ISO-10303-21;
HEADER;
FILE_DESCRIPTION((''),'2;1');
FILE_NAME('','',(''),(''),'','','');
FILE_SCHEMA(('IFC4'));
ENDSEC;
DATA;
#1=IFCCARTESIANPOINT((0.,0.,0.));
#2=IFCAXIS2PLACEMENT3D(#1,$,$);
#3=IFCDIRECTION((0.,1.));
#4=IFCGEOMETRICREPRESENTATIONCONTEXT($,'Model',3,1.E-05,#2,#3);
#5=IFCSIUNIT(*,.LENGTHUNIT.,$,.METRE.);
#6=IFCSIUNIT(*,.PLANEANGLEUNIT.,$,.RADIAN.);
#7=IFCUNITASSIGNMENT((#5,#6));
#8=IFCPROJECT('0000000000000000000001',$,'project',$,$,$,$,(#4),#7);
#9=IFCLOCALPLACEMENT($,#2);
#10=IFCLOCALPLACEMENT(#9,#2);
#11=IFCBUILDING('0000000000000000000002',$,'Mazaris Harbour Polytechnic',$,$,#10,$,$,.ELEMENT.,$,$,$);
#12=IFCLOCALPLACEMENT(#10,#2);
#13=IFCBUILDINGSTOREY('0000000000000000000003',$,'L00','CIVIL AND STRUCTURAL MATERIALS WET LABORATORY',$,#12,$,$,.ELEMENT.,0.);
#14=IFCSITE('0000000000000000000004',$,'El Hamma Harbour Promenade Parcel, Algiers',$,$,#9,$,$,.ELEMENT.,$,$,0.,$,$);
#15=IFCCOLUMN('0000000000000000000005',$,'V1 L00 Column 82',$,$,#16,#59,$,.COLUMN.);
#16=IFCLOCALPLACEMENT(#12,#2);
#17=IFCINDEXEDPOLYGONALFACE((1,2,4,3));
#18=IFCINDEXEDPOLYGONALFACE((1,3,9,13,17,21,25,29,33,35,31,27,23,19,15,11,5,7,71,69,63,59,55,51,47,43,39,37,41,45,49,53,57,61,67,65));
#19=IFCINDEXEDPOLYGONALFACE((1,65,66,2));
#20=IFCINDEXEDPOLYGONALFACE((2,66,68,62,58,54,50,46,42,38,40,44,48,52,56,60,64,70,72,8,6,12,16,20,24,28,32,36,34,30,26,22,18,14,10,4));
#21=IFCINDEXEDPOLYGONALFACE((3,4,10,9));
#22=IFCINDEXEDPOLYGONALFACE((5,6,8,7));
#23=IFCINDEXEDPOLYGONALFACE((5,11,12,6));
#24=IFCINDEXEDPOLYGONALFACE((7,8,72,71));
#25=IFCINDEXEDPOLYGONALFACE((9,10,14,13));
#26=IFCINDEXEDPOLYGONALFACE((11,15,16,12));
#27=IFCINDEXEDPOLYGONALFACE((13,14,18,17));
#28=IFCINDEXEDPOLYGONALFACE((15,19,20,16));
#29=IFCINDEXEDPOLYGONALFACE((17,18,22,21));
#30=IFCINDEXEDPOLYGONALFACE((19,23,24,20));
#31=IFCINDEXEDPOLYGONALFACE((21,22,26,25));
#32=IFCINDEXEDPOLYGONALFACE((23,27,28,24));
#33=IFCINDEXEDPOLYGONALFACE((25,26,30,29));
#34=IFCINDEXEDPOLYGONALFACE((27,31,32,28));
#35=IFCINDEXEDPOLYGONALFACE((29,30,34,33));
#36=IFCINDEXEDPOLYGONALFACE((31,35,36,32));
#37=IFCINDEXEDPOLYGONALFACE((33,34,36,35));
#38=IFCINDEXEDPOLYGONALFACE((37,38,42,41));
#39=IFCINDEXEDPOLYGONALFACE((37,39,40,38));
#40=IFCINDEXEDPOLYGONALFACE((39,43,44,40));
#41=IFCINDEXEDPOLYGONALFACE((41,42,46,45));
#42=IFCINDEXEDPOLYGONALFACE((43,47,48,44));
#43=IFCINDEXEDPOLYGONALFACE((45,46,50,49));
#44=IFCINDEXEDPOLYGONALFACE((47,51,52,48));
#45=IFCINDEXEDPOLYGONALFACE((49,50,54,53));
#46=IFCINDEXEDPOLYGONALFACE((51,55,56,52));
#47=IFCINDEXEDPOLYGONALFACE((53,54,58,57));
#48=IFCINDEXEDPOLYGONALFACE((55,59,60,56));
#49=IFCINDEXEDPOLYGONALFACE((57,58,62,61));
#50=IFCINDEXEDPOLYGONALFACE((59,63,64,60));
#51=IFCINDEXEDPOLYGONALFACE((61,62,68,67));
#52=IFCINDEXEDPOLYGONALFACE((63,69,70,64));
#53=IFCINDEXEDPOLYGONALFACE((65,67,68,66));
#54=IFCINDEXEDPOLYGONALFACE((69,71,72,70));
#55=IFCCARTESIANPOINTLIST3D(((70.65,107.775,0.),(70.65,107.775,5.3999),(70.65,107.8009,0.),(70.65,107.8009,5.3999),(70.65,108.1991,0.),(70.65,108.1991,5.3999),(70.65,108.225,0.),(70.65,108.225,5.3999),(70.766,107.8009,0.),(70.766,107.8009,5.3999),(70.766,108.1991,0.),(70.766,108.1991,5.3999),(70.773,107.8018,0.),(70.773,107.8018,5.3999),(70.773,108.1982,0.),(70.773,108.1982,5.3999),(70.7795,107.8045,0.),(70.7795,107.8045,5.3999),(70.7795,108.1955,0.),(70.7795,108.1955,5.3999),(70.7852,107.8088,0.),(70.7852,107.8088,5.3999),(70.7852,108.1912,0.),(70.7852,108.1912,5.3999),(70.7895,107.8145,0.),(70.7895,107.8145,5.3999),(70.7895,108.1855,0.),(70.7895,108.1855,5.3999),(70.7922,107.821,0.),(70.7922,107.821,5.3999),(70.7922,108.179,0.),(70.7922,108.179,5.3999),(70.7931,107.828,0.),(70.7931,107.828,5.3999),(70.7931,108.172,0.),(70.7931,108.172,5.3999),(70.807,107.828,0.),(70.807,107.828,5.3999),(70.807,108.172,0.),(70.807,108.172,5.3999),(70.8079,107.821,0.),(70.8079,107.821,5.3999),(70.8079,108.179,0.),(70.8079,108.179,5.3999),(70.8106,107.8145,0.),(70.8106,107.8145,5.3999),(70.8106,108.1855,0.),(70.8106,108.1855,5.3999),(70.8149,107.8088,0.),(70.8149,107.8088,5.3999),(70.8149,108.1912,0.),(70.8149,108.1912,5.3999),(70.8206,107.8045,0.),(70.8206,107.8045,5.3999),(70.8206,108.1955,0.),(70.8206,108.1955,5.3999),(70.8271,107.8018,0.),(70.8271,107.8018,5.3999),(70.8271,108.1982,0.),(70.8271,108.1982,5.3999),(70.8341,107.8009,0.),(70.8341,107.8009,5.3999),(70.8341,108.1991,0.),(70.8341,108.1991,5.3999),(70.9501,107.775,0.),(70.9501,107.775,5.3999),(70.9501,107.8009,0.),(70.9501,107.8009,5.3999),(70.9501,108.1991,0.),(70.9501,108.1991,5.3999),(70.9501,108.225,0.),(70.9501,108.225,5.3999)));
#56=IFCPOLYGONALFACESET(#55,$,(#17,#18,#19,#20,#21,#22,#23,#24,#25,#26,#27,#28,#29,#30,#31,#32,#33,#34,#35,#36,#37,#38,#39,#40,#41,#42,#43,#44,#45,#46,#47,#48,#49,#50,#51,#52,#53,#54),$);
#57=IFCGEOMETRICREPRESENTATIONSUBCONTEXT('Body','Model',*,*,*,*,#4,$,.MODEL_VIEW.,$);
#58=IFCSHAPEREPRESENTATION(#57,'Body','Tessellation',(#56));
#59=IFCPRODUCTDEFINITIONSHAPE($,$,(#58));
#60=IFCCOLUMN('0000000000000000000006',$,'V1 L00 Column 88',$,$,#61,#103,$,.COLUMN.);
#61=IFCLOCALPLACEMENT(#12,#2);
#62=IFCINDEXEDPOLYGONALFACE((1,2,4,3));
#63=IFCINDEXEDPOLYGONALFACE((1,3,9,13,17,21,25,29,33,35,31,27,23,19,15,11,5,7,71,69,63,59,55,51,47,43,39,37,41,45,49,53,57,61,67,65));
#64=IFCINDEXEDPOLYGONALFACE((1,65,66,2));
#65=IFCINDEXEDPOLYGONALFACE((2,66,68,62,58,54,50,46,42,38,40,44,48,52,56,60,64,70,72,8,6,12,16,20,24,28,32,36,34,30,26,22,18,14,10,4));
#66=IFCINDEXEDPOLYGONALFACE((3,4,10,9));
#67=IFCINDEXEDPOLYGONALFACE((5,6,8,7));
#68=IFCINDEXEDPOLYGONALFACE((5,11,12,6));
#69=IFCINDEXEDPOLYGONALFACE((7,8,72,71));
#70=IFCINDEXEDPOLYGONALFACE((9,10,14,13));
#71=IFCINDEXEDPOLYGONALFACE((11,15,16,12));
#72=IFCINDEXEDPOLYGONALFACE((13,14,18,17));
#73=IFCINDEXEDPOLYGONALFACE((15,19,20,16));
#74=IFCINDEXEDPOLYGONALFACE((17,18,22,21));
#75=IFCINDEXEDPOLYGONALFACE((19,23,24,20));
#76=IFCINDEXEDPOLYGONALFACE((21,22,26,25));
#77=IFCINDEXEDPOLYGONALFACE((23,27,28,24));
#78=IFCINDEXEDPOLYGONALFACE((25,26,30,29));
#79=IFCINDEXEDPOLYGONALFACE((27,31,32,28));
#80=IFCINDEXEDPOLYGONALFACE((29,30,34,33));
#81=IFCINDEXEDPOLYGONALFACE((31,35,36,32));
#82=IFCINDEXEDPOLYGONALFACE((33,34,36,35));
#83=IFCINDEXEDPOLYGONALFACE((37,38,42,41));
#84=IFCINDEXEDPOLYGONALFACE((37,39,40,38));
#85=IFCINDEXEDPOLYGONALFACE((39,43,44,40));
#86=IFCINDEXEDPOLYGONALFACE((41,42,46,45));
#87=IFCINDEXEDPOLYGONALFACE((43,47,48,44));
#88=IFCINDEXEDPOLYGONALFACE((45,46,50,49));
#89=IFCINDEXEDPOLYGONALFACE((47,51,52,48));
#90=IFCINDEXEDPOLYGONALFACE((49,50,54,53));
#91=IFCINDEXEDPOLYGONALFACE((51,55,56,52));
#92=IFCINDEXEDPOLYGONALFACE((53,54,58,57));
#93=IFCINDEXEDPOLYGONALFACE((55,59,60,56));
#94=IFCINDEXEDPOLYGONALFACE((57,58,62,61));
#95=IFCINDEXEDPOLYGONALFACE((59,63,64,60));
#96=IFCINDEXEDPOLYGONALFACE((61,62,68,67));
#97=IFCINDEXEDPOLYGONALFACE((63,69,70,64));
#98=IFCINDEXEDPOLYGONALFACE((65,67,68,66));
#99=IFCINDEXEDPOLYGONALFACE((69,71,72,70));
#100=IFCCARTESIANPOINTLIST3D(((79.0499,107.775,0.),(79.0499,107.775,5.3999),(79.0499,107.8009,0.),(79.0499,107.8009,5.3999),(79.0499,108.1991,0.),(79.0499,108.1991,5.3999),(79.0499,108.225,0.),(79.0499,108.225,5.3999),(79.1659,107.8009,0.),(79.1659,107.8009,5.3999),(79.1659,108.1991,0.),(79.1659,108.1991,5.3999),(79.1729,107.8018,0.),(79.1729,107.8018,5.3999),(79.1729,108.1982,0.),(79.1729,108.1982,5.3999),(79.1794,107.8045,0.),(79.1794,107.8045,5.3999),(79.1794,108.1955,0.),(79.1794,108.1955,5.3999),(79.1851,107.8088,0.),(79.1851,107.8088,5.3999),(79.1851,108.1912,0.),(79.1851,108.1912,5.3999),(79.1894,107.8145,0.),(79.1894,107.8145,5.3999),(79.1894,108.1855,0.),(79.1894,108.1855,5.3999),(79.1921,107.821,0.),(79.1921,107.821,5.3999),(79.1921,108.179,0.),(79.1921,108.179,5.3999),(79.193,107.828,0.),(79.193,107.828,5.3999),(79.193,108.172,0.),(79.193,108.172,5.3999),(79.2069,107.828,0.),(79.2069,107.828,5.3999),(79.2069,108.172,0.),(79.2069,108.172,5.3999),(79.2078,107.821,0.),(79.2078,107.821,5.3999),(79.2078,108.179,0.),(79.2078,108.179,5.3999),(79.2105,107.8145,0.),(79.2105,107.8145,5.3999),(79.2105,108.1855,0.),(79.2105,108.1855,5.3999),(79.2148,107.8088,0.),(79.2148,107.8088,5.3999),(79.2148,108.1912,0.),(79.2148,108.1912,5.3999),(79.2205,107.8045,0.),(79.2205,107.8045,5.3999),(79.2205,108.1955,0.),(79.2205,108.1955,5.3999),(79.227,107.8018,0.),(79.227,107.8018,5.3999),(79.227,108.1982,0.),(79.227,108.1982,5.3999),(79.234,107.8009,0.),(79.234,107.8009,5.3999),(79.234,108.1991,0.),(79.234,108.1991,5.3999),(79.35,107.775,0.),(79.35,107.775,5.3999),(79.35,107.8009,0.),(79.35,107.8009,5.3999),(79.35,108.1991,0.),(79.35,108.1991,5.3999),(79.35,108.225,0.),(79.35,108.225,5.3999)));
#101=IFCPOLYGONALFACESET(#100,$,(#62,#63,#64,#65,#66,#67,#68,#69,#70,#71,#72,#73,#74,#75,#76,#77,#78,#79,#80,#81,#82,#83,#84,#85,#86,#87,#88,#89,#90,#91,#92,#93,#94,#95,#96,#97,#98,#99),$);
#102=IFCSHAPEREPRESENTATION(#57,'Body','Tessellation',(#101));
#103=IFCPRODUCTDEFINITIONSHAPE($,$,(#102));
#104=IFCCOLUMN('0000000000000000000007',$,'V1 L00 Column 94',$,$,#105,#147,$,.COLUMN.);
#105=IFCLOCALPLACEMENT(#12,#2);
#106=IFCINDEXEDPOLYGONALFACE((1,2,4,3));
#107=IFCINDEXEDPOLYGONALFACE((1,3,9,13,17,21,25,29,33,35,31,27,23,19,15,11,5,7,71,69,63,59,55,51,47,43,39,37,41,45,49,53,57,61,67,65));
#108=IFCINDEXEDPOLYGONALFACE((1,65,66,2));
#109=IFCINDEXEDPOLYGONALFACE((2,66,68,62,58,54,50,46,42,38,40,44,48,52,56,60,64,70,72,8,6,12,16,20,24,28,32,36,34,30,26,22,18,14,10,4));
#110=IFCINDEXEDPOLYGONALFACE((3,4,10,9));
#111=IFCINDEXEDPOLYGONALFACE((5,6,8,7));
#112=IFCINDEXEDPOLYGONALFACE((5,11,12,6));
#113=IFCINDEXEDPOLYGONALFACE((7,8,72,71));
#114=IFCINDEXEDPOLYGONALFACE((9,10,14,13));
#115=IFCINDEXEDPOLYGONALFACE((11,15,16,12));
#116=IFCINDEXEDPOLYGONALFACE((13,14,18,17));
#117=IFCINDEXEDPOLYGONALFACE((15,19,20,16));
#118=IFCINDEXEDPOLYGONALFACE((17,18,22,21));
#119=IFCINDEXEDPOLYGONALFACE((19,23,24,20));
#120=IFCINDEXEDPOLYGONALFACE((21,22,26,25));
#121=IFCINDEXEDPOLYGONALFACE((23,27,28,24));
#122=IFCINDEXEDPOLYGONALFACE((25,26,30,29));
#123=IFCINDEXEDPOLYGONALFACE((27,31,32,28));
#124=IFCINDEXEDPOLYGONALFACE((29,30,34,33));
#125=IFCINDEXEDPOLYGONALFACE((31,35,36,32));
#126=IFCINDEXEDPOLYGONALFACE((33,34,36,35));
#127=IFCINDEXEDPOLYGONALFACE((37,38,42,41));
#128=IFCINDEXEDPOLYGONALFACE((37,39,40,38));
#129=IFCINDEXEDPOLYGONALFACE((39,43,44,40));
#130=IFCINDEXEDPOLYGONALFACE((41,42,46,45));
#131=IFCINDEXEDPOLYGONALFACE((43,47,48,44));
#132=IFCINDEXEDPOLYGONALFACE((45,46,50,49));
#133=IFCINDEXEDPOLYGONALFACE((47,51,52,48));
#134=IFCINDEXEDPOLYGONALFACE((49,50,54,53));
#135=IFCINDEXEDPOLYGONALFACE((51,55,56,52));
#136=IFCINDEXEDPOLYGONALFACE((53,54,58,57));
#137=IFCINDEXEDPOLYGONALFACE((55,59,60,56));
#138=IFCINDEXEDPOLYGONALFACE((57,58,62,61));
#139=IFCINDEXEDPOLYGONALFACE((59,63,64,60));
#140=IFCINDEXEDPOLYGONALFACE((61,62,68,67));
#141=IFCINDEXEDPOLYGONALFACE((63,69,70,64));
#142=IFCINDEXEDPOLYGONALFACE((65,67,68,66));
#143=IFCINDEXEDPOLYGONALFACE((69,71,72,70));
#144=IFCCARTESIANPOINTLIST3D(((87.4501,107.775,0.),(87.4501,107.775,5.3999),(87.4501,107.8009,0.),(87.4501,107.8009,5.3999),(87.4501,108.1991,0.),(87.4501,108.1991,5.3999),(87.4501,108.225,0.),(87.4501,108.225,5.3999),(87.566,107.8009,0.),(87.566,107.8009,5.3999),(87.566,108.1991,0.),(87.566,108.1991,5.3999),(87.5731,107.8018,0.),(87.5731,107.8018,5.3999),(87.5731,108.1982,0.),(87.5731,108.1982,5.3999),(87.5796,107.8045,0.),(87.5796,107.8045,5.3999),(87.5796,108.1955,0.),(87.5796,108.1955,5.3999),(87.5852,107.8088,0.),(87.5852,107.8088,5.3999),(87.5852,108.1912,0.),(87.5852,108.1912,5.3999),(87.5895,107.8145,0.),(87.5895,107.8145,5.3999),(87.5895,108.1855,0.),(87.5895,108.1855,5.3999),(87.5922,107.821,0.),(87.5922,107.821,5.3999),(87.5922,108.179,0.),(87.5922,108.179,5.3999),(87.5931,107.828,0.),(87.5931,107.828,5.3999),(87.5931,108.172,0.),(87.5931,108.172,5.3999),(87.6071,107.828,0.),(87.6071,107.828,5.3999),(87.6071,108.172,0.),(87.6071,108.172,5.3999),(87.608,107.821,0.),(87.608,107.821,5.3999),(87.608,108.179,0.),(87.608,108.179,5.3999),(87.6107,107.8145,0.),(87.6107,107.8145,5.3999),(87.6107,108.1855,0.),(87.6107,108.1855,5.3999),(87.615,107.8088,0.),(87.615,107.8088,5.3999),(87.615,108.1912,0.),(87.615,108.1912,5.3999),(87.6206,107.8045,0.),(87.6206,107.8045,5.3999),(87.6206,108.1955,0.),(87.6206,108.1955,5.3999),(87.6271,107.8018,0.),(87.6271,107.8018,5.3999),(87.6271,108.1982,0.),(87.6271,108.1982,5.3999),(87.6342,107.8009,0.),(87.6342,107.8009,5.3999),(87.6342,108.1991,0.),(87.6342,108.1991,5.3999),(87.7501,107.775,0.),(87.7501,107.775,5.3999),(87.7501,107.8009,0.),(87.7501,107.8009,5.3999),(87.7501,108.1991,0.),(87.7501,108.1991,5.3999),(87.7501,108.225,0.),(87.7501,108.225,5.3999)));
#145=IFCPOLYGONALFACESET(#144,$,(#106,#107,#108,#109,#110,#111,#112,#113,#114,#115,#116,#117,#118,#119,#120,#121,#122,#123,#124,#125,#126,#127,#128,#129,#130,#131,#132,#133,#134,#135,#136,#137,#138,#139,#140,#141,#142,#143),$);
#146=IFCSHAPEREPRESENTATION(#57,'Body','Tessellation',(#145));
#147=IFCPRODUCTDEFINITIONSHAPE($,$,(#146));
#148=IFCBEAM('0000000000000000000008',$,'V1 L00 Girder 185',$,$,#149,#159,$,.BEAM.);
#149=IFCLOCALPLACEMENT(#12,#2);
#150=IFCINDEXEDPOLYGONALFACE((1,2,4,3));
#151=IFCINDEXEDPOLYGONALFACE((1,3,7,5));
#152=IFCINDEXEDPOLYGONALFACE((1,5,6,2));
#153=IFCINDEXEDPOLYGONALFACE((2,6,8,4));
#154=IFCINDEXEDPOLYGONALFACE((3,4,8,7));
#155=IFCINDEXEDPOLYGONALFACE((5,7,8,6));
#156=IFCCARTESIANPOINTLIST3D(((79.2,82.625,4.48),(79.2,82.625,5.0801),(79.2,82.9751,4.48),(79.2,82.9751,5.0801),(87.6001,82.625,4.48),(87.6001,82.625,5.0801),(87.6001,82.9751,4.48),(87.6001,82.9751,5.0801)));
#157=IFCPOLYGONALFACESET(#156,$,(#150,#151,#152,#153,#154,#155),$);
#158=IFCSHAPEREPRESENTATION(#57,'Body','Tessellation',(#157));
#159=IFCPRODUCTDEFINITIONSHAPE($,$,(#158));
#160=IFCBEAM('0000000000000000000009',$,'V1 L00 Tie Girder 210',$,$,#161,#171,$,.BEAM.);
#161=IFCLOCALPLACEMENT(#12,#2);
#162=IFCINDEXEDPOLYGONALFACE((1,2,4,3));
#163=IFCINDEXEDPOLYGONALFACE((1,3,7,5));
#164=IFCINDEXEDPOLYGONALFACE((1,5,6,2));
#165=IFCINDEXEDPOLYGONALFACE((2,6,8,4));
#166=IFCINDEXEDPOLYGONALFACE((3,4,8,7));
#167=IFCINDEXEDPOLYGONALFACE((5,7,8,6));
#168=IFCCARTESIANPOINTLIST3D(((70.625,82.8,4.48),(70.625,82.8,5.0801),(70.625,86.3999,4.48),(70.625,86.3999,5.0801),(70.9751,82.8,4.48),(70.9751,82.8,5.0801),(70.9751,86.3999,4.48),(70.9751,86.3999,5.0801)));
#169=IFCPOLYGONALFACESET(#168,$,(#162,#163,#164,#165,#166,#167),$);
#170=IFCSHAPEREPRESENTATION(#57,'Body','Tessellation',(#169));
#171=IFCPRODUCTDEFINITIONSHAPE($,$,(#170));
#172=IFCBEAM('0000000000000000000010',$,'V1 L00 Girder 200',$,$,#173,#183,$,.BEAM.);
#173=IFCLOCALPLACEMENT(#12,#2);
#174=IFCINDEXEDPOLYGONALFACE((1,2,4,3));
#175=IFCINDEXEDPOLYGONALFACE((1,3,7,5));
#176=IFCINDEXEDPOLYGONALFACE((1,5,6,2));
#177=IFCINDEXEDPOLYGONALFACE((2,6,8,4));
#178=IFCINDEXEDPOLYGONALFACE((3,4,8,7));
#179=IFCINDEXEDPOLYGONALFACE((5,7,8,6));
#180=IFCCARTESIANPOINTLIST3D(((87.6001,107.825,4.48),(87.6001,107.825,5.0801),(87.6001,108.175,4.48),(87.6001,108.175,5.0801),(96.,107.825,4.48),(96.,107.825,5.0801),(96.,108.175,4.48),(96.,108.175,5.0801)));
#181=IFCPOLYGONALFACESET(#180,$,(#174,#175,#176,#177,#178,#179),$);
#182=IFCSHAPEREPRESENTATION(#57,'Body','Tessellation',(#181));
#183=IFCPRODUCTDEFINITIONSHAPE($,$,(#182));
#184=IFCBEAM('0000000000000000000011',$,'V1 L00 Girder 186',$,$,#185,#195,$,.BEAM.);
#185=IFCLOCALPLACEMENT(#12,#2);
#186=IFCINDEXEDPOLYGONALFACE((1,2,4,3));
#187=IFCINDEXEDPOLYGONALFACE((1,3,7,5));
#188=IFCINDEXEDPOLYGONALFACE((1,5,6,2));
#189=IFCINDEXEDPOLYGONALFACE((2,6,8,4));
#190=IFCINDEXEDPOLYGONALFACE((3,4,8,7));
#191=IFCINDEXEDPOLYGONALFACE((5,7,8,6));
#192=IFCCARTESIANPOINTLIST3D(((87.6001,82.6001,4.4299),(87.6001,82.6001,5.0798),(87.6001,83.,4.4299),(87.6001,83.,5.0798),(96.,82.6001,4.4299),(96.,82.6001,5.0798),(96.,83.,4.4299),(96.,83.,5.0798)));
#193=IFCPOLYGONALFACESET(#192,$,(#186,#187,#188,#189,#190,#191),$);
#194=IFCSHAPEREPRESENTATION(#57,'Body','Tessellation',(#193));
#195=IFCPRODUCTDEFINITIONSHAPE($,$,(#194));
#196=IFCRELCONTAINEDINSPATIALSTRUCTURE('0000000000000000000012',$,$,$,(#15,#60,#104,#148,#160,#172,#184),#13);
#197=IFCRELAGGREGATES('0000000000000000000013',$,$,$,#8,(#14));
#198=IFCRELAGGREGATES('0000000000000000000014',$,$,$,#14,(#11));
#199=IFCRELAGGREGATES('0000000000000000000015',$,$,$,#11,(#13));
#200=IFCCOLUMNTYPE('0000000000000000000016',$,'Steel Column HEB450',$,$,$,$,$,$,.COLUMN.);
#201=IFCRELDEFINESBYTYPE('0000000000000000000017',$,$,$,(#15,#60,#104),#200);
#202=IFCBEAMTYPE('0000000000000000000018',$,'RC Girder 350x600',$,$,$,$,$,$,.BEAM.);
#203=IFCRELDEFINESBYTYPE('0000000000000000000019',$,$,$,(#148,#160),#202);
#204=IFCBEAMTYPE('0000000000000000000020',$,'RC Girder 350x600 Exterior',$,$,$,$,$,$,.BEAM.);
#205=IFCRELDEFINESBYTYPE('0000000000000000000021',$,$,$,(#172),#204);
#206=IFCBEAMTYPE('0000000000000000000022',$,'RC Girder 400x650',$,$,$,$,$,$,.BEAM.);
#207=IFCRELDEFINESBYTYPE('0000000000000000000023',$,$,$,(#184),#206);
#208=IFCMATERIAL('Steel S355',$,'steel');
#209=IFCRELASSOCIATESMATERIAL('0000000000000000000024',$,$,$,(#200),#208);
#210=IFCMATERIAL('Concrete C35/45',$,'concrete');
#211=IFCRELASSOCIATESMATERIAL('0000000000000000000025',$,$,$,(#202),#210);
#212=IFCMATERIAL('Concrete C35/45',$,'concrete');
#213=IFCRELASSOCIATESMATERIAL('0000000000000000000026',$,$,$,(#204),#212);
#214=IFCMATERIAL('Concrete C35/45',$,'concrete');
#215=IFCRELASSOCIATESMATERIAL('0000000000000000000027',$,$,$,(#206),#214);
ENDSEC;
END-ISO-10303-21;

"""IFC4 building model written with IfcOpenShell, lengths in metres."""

from ifc_helpers import new_model, si_unit, direction, frame, origin, origin_2d, place, context, subcontext, project, spatial, rectangle, i_section, extrude, material, material_profile, profile_set, type_object, element, save


model = new_model("IFC4")

# Units and contexts
model_context = context("Model", 3, precision=1e-05, world=origin(), true_north=direction((0.0, 1.0)))
body_context = subcontext(model_context, "Body", "Model", "MODEL_VIEW")
ifc_project = project(units=[si_unit("LENGTHUNIT", "METRE"), si_unit("PLANEANGLEUNIT", "RADIAN")], contexts=[model_context])

# Site, building, storey
site_placement = place(None, origin())
site = spatial("IfcSite", under=ifc_project, at=site_placement, Name="El Hamma Harbour Promenade Parcel, Algiers", CompositionType="ELEMENT", RefElevation=0.0)
building_placement = place(site_placement, origin())
building = spatial("IfcBuilding", under=site, at=building_placement, Name="Mazaris Harbour Polytechnic", CompositionType="ELEMENT")
storey_placement = place(building_placement, origin())
storey = spatial("IfcBuildingStorey", under=building, at=storey_placement, Name="L00", Description="CIVIL AND STRUCTURAL MATERIALS WET LABORATORY", CompositionType="ELEMENT", Elevation=0.0)

# Columns
ifc_material_1 = material(Name="Steel S355", Category="steel")
ifc_material_profile_1 = material_profile(ifc_material_1, i_section(OverallWidth=0.3, OverallDepth=0.45, WebThickness=0.0139, FlangeThickness=0.0259, FilletRadius=0.0271, at=origin_2d()), Name="HEB 450")
ifc_profile_set_1 = profile_set([ifc_material_profile_1], Name="Steel S355")
column_type_1 = type_object("IfcColumnType", Name="Steel Column HEB450", PredefinedType="COLUMN", material=ifc_profile_set_1)
for number, where, z_axis, x_axis, name in (
    (1, (70.8, 108.0, 0.0), (0.0, 0.0, 1.0), (1.0, 0.0, 0.0), "V1 L00 Column 82"),
    (2, (79.2, 108.0, 0.0), (0.0, 0.0, 1.0), (1.0, 0.0, 0.0), "V1 L00 Column 88"),
    (3, (87.6001, 108.0, 0.0), (0.0, 0.0, 1.0), (1.0, 0.0, 0.0), "V1 L00 Column 94"),
):
    element("IfcColumn", number, at=place(storey_placement, frame(where, z_axis=z_axis, x_axis=x_axis)), inside=storey, type_object=column_type_1, Name=name, PredefinedType="COLUMN", context=body_context, shape_type="SweptSolid", body=[
        extrude(i_section(OverallWidth=0.3, OverallDepth=0.45, WebThickness=0.0139, FlangeThickness=0.0259, FilletRadius=0.0271, at=origin_2d()), origin(), (0.0, 0.0, 1.0), 5.3999),
    ])

# Beams
ifc_material_2 = material(Name="Concrete C35/45", Category="concrete")
ifc_material_profile_2 = material_profile(ifc_material_2, rectangle(XDim=0.3501, YDim=0.6001, at=origin_2d()), Name="RECT350x600")
ifc_profile_set_2 = profile_set([ifc_material_profile_2], Name="Concrete C35/45")
beam_type_1 = type_object("IfcBeamType", Name="RC Girder 350x600", PredefinedType="BEAM", material=ifc_profile_set_2)
beam_1_placement = place(storey_placement, frame((79.2, 82.8, 4.78), z_axis=(1.0, 0.0, 0.0), x_axis=(0.0, 1.0, 0.0)))
element("IfcBeam", 4, at=beam_1_placement, inside=storey, type_object=beam_type_1, Name="V1 L00 Girder 185", PredefinedType="BEAM", context=body_context, shape_type="SweptSolid", body=[
    extrude(rectangle(XDim=0.3501, YDim=0.6001, at=origin_2d()), origin(), (0.0, 0.0, 1.0), 8.4001),
])
beam_2_placement = place(storey_placement, frame((70.8, 82.8, 4.78), z_axis=(0.0, 1.0, 0.0), x_axis=(-1.0, 0.0, 0.0)))
element("IfcBeam", 5, at=beam_2_placement, inside=storey, type_object=beam_type_1, Name="V1 L00 Tie Girder 210", PredefinedType="BEAM", context=body_context, shape_type="SweptSolid", body=[
    extrude(rectangle(XDim=0.3501, YDim=0.6001, at=origin_2d()), origin(), (0.0, 0.0, 1.0), 3.5999),
])
ifc_material_3 = material(Name="Concrete C35/45", Category="concrete")
ifc_material_profile_3 = material_profile(ifc_material_3, rectangle(XDim=0.3501, YDim=0.6001, at=origin_2d()), Name="RECT350x600")
ifc_profile_set_3 = profile_set([ifc_material_profile_3], Name="Concrete C35/45")
beam_type_2 = type_object("IfcBeamType", Name="RC Girder 350x600 Exterior", PredefinedType="BEAM", material=ifc_profile_set_3)
beam_3_placement = place(storey_placement, frame((87.6001, 108.0, 4.78), z_axis=(1.0, 0.0, 0.0), x_axis=(0.0, 1.0, 0.0)))
element("IfcBeam", 6, at=beam_3_placement, inside=storey, type_object=beam_type_2, Name="V1 L00 Girder 200", PredefinedType="BEAM", context=body_context, shape_type="SweptSolid", body=[
    extrude(rectangle(XDim=0.3501, YDim=0.6001, at=origin_2d()), origin(), (0.0, 0.0, 1.0), 8.3999),
])
ifc_material_4 = material(Name="Concrete C35/45", Category="concrete")
ifc_material_profile_4 = material_profile(ifc_material_4, rectangle(XDim=0.3999, YDim=0.6499, at=origin_2d()), Name="RECT400x650")
ifc_profile_set_4 = profile_set([ifc_material_profile_4], Name="Concrete C35/45")
beam_type_3 = type_object("IfcBeamType", Name="RC Girder 400x650", PredefinedType="BEAM", material=ifc_profile_set_4)
for number, where, z_axis, x_axis, name in (
    (7, (87.6001, 82.8, 4.7549), (1.0, 0.0, 0.0), (0.0, 1.0, 0.0), "V1 L00 Girder 186"),
):
    element("IfcBeam", number, at=place(storey_placement, frame(where, z_axis=z_axis, x_axis=x_axis)), inside=storey, type_object=beam_type_3, Name=name, PredefinedType="BEAM", context=body_context, shape_type="SweptSolid", body=[
        extrude(rectangle(XDim=0.3999, YDim=0.6499, at=origin_2d()), origin(), (0.0, 0.0, 1.0), 8.3999),
    ])

save(model, "model.ifc")
